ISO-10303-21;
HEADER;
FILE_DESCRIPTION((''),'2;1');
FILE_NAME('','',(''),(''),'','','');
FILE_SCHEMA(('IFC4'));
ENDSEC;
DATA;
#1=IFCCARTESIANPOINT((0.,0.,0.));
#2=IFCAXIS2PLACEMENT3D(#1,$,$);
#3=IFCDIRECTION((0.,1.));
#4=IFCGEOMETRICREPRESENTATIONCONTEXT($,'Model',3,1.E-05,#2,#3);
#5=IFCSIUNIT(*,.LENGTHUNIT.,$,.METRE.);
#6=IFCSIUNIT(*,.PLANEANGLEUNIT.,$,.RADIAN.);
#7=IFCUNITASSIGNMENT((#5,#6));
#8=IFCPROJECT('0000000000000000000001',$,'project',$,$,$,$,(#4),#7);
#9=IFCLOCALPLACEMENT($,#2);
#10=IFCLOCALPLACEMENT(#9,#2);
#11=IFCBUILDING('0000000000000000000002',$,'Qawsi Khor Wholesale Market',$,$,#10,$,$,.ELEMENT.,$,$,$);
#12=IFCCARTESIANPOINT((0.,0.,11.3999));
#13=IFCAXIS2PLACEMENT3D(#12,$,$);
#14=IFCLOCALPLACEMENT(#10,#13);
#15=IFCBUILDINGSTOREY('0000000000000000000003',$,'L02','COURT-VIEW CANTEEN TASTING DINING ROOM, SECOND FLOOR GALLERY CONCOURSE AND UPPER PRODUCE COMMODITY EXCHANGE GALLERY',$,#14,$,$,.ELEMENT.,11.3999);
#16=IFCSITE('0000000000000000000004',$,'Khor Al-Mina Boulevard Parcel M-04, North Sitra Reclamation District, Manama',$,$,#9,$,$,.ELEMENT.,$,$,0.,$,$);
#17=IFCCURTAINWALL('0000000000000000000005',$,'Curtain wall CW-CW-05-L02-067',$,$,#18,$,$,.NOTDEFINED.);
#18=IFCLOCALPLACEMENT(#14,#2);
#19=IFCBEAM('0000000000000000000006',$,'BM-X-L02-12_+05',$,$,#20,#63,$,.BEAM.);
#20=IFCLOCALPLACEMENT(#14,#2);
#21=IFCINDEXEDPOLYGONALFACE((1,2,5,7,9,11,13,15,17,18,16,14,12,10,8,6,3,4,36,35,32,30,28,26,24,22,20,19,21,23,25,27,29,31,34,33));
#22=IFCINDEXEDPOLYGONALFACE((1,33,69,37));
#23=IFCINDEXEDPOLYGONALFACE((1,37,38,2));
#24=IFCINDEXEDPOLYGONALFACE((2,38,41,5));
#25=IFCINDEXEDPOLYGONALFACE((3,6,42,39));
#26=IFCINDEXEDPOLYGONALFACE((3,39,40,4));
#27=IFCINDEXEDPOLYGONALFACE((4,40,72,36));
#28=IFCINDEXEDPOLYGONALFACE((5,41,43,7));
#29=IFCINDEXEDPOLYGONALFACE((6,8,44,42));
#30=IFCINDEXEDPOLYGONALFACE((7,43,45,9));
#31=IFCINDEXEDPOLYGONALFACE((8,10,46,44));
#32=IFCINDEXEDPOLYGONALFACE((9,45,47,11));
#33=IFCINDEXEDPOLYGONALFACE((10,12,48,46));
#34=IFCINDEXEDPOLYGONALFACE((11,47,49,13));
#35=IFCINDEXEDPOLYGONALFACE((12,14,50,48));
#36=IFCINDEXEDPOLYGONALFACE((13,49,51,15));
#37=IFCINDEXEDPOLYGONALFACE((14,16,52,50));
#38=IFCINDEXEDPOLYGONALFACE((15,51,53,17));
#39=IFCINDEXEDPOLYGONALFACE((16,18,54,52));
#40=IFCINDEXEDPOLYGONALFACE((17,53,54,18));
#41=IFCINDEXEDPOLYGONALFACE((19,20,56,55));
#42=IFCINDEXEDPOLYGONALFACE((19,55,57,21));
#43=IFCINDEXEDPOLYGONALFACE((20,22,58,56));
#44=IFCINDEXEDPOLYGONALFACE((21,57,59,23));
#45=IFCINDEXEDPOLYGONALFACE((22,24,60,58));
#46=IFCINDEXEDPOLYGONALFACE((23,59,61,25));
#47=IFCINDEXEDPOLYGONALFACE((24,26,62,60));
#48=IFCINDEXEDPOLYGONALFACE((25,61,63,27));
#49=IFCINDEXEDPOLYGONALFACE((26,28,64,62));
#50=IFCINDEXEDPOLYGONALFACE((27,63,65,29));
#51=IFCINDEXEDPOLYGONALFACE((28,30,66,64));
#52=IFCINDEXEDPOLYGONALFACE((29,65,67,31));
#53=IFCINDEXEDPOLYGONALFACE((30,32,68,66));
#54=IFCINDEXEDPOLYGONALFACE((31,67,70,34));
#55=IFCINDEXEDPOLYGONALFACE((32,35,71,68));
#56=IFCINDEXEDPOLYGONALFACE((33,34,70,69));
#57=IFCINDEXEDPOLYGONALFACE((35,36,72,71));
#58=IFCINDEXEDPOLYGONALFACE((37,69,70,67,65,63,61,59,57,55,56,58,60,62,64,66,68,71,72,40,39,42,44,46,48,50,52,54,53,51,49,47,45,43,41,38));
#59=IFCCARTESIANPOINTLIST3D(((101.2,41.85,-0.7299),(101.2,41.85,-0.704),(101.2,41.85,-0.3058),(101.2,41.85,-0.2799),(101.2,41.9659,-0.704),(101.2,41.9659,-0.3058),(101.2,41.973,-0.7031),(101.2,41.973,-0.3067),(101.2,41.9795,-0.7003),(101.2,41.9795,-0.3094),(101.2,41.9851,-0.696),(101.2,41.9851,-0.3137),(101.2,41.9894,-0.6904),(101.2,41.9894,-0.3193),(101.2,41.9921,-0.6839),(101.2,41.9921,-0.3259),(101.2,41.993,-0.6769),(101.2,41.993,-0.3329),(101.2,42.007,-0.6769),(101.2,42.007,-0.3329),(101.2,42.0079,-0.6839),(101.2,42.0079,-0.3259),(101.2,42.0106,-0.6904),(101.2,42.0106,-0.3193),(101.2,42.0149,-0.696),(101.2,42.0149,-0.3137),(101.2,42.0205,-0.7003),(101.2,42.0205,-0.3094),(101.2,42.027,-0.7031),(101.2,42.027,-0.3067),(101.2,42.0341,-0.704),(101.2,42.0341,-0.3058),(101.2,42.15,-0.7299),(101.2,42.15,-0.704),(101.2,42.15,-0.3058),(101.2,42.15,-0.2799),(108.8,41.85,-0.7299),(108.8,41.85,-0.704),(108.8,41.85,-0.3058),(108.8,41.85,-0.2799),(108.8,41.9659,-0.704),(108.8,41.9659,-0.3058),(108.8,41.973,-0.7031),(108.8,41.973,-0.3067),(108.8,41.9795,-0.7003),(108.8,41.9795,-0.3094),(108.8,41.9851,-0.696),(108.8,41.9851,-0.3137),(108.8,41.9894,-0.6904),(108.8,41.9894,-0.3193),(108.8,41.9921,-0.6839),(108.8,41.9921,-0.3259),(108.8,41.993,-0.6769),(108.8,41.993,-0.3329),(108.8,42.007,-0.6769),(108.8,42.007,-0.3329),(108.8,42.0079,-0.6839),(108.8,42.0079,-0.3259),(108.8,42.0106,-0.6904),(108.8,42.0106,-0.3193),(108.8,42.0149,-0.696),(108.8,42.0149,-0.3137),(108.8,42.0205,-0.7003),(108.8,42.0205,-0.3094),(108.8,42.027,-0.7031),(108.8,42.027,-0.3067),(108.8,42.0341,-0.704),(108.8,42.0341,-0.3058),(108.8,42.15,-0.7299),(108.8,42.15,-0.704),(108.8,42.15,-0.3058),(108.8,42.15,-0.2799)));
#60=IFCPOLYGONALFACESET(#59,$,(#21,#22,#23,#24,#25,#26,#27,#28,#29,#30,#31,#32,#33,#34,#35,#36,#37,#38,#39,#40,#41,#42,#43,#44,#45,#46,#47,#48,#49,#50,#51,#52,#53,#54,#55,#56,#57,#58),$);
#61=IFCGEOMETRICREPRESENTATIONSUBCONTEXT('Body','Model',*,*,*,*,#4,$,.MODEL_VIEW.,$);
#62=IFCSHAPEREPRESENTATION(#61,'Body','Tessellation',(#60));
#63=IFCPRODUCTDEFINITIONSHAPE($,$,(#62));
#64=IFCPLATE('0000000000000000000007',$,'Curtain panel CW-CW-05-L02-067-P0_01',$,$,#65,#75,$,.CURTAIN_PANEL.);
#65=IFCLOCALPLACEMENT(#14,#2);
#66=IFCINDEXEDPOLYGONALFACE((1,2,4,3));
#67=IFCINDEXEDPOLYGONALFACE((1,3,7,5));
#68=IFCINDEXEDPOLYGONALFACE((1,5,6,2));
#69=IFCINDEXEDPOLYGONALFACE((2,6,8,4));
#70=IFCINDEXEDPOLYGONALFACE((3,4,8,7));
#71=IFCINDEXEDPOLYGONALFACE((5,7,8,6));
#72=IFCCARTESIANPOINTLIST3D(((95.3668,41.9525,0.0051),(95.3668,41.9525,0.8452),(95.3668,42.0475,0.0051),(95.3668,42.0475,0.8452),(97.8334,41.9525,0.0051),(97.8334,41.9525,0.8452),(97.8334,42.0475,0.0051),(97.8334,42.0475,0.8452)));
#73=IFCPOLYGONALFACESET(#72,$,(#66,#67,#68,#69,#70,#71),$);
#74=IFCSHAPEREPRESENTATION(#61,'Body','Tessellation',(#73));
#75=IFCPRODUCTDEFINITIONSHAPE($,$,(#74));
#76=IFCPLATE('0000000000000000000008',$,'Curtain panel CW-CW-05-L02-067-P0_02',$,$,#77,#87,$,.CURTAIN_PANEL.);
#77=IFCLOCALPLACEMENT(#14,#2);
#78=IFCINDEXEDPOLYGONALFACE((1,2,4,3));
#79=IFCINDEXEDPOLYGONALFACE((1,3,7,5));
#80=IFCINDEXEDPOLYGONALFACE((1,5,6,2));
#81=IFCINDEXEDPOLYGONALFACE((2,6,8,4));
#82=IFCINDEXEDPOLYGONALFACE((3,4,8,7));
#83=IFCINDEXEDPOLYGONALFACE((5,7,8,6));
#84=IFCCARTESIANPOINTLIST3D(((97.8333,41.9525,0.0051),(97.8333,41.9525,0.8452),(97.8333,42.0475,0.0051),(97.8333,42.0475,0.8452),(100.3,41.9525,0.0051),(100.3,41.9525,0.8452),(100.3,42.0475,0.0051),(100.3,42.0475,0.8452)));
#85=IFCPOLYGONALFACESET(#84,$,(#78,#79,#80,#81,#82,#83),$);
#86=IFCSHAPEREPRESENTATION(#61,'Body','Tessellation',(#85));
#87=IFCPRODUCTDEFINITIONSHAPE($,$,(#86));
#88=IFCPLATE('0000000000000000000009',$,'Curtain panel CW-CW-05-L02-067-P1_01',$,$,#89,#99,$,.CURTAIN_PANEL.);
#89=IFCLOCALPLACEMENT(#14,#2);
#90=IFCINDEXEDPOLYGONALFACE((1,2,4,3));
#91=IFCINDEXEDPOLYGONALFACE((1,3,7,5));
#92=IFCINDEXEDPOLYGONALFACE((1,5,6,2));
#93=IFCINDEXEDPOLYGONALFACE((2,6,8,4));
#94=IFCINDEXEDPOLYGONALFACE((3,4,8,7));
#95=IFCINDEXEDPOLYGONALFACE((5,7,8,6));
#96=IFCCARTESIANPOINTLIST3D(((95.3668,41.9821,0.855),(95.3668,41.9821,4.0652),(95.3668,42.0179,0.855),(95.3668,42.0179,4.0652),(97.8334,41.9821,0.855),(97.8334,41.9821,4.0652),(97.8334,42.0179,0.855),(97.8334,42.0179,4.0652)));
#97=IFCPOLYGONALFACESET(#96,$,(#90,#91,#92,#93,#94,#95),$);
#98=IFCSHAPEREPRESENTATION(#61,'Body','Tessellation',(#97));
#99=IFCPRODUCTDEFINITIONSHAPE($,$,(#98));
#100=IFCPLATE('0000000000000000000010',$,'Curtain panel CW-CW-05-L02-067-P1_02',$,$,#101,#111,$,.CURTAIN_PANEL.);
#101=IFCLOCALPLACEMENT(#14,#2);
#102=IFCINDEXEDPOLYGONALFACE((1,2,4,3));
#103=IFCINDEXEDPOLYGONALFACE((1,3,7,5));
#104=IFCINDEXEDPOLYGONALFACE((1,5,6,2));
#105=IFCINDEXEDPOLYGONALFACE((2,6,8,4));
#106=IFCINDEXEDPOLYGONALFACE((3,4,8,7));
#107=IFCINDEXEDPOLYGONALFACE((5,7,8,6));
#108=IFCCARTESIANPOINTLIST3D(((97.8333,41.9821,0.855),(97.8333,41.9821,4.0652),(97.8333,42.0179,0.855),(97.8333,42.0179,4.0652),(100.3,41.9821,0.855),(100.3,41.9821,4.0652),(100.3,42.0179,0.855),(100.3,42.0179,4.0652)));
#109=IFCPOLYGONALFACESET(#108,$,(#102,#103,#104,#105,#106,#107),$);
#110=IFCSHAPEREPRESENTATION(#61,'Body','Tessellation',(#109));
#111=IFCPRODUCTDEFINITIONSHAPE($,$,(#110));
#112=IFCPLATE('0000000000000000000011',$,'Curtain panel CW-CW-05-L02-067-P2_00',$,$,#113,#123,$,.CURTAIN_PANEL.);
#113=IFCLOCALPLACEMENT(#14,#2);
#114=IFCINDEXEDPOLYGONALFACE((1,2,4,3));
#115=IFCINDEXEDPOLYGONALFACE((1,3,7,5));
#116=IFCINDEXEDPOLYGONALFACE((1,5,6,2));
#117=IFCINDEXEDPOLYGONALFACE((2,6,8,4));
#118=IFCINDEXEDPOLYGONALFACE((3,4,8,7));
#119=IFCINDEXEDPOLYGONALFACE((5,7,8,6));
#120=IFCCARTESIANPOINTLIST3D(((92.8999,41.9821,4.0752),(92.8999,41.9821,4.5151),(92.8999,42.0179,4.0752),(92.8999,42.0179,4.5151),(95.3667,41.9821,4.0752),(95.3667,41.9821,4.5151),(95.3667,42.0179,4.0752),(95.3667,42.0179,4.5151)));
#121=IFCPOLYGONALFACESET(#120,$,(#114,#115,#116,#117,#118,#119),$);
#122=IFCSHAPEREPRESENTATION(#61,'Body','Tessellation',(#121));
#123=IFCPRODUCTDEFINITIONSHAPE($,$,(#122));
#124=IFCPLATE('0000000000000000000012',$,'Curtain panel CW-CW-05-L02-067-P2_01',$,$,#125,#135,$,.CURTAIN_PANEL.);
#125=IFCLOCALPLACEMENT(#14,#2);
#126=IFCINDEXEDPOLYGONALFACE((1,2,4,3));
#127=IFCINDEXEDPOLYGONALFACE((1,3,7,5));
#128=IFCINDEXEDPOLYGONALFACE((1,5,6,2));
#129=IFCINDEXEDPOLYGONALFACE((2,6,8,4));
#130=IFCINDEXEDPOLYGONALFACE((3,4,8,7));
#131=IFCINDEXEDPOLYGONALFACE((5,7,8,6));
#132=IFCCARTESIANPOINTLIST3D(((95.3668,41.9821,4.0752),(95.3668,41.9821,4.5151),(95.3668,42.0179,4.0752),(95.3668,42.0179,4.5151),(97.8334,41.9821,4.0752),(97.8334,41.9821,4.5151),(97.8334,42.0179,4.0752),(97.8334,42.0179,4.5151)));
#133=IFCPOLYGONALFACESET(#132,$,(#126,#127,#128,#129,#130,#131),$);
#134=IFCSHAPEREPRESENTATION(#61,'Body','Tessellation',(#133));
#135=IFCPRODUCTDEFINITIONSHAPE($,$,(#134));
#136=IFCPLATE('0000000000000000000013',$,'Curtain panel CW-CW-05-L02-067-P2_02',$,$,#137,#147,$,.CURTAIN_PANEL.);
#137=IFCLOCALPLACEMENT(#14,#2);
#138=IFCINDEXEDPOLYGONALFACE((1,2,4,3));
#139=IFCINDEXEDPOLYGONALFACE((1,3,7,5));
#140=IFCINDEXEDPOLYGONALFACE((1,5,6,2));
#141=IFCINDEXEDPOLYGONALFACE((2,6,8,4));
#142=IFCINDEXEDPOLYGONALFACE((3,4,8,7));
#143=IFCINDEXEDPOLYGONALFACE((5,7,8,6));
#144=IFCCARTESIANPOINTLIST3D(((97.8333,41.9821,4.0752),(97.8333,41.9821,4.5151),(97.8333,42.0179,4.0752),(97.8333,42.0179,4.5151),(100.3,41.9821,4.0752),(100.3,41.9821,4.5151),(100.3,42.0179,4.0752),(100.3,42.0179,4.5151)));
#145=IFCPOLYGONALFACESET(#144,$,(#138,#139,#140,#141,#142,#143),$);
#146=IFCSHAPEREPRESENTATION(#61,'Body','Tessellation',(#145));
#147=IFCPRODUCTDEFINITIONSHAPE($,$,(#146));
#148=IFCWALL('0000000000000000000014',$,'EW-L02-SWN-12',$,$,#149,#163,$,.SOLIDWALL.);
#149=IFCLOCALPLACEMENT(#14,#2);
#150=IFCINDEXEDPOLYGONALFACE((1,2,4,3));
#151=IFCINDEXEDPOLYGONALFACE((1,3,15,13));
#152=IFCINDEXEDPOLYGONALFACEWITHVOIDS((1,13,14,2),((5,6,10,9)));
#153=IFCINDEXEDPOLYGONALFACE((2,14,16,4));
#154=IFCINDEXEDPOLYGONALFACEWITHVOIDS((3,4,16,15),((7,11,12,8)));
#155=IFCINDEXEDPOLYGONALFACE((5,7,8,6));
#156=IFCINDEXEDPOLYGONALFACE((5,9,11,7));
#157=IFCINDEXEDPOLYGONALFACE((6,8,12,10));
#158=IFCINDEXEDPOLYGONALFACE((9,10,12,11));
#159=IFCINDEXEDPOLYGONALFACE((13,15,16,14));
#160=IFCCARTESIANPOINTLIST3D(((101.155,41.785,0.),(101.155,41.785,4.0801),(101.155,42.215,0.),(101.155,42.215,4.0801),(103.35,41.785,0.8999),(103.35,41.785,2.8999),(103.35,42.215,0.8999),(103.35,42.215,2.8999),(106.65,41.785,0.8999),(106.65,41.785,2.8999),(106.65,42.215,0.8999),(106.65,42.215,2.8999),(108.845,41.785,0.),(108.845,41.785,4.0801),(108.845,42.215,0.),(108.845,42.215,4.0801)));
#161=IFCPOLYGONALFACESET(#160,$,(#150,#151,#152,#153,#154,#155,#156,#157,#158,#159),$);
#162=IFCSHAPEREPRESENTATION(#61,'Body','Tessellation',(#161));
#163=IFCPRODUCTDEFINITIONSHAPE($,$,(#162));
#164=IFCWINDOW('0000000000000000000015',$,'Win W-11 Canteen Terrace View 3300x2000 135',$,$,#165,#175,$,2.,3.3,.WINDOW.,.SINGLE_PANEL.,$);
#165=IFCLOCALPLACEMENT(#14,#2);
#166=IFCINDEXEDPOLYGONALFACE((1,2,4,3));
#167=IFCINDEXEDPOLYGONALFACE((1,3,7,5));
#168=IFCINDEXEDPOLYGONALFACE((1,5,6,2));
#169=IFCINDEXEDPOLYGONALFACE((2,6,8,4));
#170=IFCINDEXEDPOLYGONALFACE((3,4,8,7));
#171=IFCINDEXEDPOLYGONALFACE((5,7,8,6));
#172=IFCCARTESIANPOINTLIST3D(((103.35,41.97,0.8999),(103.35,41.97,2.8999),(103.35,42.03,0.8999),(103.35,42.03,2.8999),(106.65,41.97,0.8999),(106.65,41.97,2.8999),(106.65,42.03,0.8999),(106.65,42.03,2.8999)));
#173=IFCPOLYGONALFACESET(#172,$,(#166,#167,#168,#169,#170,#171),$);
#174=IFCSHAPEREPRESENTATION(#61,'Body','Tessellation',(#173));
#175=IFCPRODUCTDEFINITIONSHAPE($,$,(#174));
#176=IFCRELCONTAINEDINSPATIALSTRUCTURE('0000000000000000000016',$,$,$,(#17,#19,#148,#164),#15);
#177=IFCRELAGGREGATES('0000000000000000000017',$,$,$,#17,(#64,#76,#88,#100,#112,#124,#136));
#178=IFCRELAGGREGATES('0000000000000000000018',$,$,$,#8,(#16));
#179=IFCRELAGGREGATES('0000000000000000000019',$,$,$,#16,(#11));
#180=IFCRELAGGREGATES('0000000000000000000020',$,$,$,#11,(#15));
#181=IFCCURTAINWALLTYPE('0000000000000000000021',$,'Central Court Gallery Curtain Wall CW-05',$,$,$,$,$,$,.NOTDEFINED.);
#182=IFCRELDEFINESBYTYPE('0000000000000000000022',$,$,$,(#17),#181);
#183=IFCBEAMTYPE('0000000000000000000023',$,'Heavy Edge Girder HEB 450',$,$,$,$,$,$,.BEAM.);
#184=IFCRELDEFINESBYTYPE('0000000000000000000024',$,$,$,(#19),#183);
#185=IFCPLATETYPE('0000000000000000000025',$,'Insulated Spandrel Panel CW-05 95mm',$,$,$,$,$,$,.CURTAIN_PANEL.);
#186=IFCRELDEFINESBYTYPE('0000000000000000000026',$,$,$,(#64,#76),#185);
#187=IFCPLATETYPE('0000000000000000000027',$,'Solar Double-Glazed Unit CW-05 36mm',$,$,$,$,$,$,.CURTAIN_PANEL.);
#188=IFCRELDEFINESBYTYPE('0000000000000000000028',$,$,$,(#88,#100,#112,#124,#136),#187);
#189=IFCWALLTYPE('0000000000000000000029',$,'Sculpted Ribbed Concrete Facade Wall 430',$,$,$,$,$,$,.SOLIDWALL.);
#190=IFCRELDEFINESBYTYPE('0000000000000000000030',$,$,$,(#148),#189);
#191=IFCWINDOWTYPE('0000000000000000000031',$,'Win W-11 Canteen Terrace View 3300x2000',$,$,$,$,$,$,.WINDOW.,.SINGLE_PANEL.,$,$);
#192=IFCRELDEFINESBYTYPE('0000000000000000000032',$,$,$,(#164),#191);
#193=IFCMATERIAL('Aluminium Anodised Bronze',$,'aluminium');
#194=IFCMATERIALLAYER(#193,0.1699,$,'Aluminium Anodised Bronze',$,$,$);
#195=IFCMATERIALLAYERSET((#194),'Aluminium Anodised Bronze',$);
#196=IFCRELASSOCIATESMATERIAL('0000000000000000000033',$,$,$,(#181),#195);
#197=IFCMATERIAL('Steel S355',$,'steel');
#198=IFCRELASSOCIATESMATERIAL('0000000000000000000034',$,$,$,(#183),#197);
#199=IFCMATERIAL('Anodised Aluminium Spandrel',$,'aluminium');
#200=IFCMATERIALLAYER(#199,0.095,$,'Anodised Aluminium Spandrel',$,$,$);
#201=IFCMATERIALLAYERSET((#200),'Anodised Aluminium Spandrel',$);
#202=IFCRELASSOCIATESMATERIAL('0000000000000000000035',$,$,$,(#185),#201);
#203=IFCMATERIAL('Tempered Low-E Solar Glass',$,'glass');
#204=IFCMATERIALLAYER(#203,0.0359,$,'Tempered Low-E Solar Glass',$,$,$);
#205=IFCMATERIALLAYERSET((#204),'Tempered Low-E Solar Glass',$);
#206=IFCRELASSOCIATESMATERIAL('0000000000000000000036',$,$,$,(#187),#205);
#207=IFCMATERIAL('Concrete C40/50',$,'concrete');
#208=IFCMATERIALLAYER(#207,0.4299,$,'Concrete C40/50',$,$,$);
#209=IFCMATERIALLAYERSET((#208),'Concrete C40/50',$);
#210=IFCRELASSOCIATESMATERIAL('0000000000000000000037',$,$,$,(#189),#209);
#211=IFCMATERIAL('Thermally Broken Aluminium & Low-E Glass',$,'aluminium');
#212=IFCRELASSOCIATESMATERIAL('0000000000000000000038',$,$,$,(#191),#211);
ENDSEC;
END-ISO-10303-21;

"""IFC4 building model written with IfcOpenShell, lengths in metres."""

from ifc_helpers import new_model, si_unit, direction, frame, frame_2d, origin, origin_2d, place, context, subcontext, project, spatial, rectangle, i_section, extrude, material, layer, layer_set, material_profile, profile_set, type_object, element, fill, aggregate, save


model = new_model("IFC4")

# Units and contexts
model_context = context("Model", 3, precision=1e-05, world=origin(), true_north=direction((0.0, 1.0)))
body_context = subcontext(model_context, "Body", "Model", "MODEL_VIEW")
ifc_project = project(units=[si_unit("LENGTHUNIT", "METRE"), si_unit("PLANEANGLEUNIT", "RADIAN")], contexts=[model_context])

# Site, building, storey
site_placement = place(None, origin())
site = spatial("IfcSite", under=ifc_project, at=site_placement, Name="Khor Al-Mina Boulevard Parcel M-04, North Sitra Reclamation District, Manama", CompositionType="ELEMENT", RefElevation=0.0)
building_placement = place(site_placement, origin())
building = spatial("IfcBuilding", under=site, at=building_placement, Name="Qawsi Khor Wholesale Market", CompositionType="ELEMENT")
storey_placement = place(building_placement, frame((0.0, 0.0, 11.3999)))
storey = spatial("IfcBuildingStorey", under=building, at=storey_placement, Name="L02", Description="COURT-VIEW CANTEEN TASTING DINING ROOM, SECOND FLOOR GALLERY CONCOURSE AND UPPER PRODUCE COMMODITY EXCHANGE GALLERY", CompositionType="ELEMENT", Elevation=11.3999)

# Shared definitions
ifc_material_1 = material(Name="Concrete C40/50", Category="concrete")

# Curtain wall
ifc_material_2 = material(Name="Aluminium Anodised Bronze", Category="aluminium")
ifc_layer_1 = layer(ifc_material_2, 0.1699, Name="Aluminium Anodised Bronze")
ifc_layer_set_1 = layer_set([ifc_layer_1], Name="Aluminium Anodised Bronze")
curtain_wall_type = type_object("IfcCurtainWallType", Name="Central Court Gallery Curtain Wall CW-05", PredefinedType="NOTDEFINED", material=ifc_layer_set_1)
curtain_wall_placement = place(storey_placement, origin())
curtain_wall = element("IfcCurtainWall", 1, at=curtain_wall_placement, inside=storey, type_object=curtain_wall_type, Name="Curtain wall CW-CW-05-L02-067", PredefinedType="NOTDEFINED")

# Beam
ifc_material_3 = material(Name="Steel S355", Category="steel")
ifc_material_profile_1 = material_profile(ifc_material_3, i_section(OverallWidth=0.3, OverallDepth=0.45, WebThickness=0.0139, FlangeThickness=0.0259, FilletRadius=0.0271, at=origin_2d()), Name="HEB 450")
ifc_profile_set_1 = profile_set([ifc_material_profile_1], Name="Steel S355")
beam_type = type_object("IfcBeamType", Name="Heavy Edge Girder HEB 450", PredefinedType="BEAM", material=ifc_profile_set_1)
beam_placement = place(storey_placement, frame((101.2, 42.0, -0.5049), z_axis=(1.0, 0.0, 0.0), x_axis=(0.0, 1.0, 0.0)))
element("IfcBeam", 2, at=beam_placement, inside=storey, type_object=beam_type, Name="BM-X-L02-12_+05", PredefinedType="BEAM", context=body_context, shape_type="SweptSolid", body=[
    extrude(i_section(OverallWidth=0.3, OverallDepth=0.45, WebThickness=0.0139, FlangeThickness=0.0259, FilletRadius=0.0271, at=origin_2d()), origin(), (0.0, 0.0, 1.0), 7.6001),
])

# Plates
ifc_material_4 = material(Name="Anodised Aluminium Spandrel", Category="aluminium")
ifc_layer_2 = layer(ifc_material_4, 0.095, Name="Anodised Aluminium Spandrel")
ifc_layer_set_2 = layer_set([ifc_layer_2], Name="Anodised Aluminium Spandrel")
plate_type_1 = type_object("IfcPlateType", Name="Insulated Spandrel Panel CW-05 95mm", PredefinedType="CURTAIN_PANEL", material=ifc_layer_set_2)
plate_1_placement = place(storey_placement, frame((95.3667, 42.0, 0.0051), z_axis=(0.0, 0.0, 1.0), x_axis=(1.0, 0.0, 0.0)))
plate_1 = element("IfcPlate", 3, at=plate_1_placement, type_object=plate_type_1, Name="Curtain panel CW-CW-05-L02-067-P0_01", PredefinedType="CURTAIN_PANEL", context=body_context, shape_type="SweptSolid", body=[
    extrude(rectangle(XDim=2.4666, YDim=0.095, at=frame_2d((1.2334, 0.0))), origin(), (0.0, 0.0, 1.0), 0.8401),
])
plate_2_placement = place(storey_placement, frame((97.8333, 42.0, 0.0051), z_axis=(0.0, 0.0, 1.0), x_axis=(1.0, 0.0, 0.0)))
plate_2 = element("IfcPlate", 4, at=plate_2_placement, type_object=plate_type_1, Name="Curtain panel CW-CW-05-L02-067-P0_02", PredefinedType="CURTAIN_PANEL", context=body_context, shape_type="SweptSolid", body=[
    extrude(rectangle(XDim=2.4668, YDim=0.095, at=frame_2d((1.2334, 0.0))), origin(), (0.0, 0.0, 1.0), 0.8401),
])
ifc_material_5 = material(Name="Tempered Low-E Solar Glass", Category="glass")
ifc_layer_3 = layer(ifc_material_5, 0.0359, Name="Tempered Low-E Solar Glass")
ifc_layer_set_3 = layer_set([ifc_layer_3], Name="Tempered Low-E Solar Glass")
plate_type_2 = type_object("IfcPlateType", Name="Solar Double-Glazed Unit CW-05 36mm", PredefinedType="CURTAIN_PANEL", material=ifc_layer_set_3)
plate_3_placement = place(storey_placement, frame((95.3667, 42.0, 0.855), z_axis=(0.0, 0.0, 1.0), x_axis=(1.0, 0.0, 0.0)))
plate_3 = element("IfcPlate", 5, at=plate_3_placement, type_object=plate_type_2, Name="Curtain panel CW-CW-05-L02-067-P1_01", PredefinedType="CURTAIN_PANEL", context=body_context, shape_type="SweptSolid", body=[
    extrude(rectangle(XDim=2.4666, YDim=0.0359, at=frame_2d((1.2334, 0.0))), origin(), (0.0, 0.0, 1.0), 3.2102),
])
plate_4_placement = place(storey_placement, frame((97.8333, 42.0, 0.855), z_axis=(0.0, 0.0, 1.0), x_axis=(1.0, 0.0, 0.0)))
plate_4 = element("IfcPlate", 6, at=plate_4_placement, type_object=plate_type_2, Name="Curtain panel CW-CW-05-L02-067-P1_02", PredefinedType="CURTAIN_PANEL", context=body_context, shape_type="SweptSolid", body=[
    extrude(rectangle(XDim=2.4668, YDim=0.0359, at=frame_2d((1.2334, 0.0))), origin(), (0.0, 0.0, 1.0), 3.2102),
])
plate_5_placement = place(storey_placement, frame((92.8999, 42.0, 4.0752), z_axis=(0.0, 0.0, 1.0), x_axis=(1.0, 0.0, 0.0)))
plate_5 = element("IfcPlate", 7, at=plate_5_placement, type_object=plate_type_2, Name="Curtain panel CW-CW-05-L02-067-P2_00", PredefinedType="CURTAIN_PANEL", context=body_context, shape_type="SweptSolid", body=[
    extrude(rectangle(XDim=2.4668, YDim=0.0359, at=frame_2d((1.2334, 0.0))), origin(), (0.0, 0.0, 1.0), 0.4399),
])
plate_6_placement = place(storey_placement, frame((95.3667, 42.0, 4.0752), z_axis=(0.0, 0.0, 1.0), x_axis=(1.0, 0.0, 0.0)))
plate_6 = element("IfcPlate", 8, at=plate_6_placement, type_object=plate_type_2, Name="Curtain panel CW-CW-05-L02-067-P2_01", PredefinedType="CURTAIN_PANEL", context=body_context, shape_type="SweptSolid", body=[
    extrude(rectangle(XDim=2.4666, YDim=0.0359, at=frame_2d((1.2334, 0.0))), origin(), (0.0, 0.0, 1.0), 0.4399),
])
plate_7_placement = place(storey_placement, frame((97.8333, 42.0, 4.0752), z_axis=(0.0, 0.0, 1.0), x_axis=(1.0, 0.0, 0.0)))
plate_7 = element("IfcPlate", 9, at=plate_7_placement, type_object=plate_type_2, Name="Curtain panel CW-CW-05-L02-067-P2_02", PredefinedType="CURTAIN_PANEL", context=body_context, shape_type="SweptSolid", body=[
    extrude(rectangle(XDim=2.4668, YDim=0.0359, at=frame_2d((1.2334, 0.0))), origin(), (0.0, 0.0, 1.0), 0.4399),
])
aggregate(curtain_wall, [plate_1, plate_2, plate_3, plate_4, plate_5, plate_6, plate_7])

# Wall, opening, window
ifc_layer_4 = layer(ifc_material_1, 0.4299, Name="Concrete C40/50")
ifc_layer_set_4 = layer_set([ifc_layer_4], Name="Concrete C40/50")
wall_type = type_object("IfcWallType", Name="Sculpted Ribbed Concrete Facade Wall 430", PredefinedType="SOLIDWALL", material=ifc_layer_set_4)
wall_1_placement = place(storey_placement, frame((101.155, 42.0, 0.0), z_axis=(0.0, 0.0, 1.0), x_axis=(1.0, 0.0, 0.0)))
wall_1 = element("IfcWall", 10, at=wall_1_placement, inside=storey, type_object=wall_type, Name="EW-L02-SWN-12", PredefinedType="SOLIDWALL", context=body_context, shape_type="SweptSolid", body=[
    extrude(rectangle(XDim=7.6899, YDim=0.4299, at=frame_2d((3.845, 0.0))), origin(), (0.0, 0.0, 1.0), 4.0801),
])
opening_1_placement = place(wall_1_placement, frame((2.1951, 0.0, 0.8999)))
opening_1 = element("IfcOpeningElement", 11, at=opening_1_placement, cuts=wall_1, PredefinedType="OPENING", context=body_context, shape_type="SweptSolid", body=[
    extrude(rectangle(XDim=3.3, YDim=2.0, at=frame_2d((1.6499, 1.0))), frame((0.0, 0.2249, 0.0), z_axis=(0.0, -1.0, 0.0), x_axis=(1.0, 0.0, 0.0)), (0.0, 0.0, 1.0), 0.45),
])
ifc_material_6 = material(Name="Thermally Broken Aluminium & Low-E Glass", Category="aluminium")
window_type = type_object("IfcWindowType", Name="Win W-11 Canteen Terrace View 3300x2000", PartitioningType="SINGLE_PANEL", PredefinedType="WINDOW", material=ifc_material_6)
window_1_placement = place(opening_1_placement, origin())
window_1 = element("IfcWindow", 12, at=window_1_placement, inside=storey, type_object=window_type, Name="Win W-11 Canteen Terrace View 3300x2000 135", OverallHeight=2.0, OverallWidth=3.3, PartitioningType="SINGLE_PANEL", PredefinedType="WINDOW", context=body_context, shape_type="SweptSolid", body=[
    extrude(rectangle(XDim=3.3, YDim=2.0, at=frame_2d((1.6499, 1.0))), frame((0.0, 0.03, 0.0), z_axis=(0.0, -1.0, 0.0), x_axis=(1.0, 0.0, 0.0)), (0.0, 0.0, 1.0), 0.0601),
])
fill(opening_1, window_1)

save(model, "model.ifc")
